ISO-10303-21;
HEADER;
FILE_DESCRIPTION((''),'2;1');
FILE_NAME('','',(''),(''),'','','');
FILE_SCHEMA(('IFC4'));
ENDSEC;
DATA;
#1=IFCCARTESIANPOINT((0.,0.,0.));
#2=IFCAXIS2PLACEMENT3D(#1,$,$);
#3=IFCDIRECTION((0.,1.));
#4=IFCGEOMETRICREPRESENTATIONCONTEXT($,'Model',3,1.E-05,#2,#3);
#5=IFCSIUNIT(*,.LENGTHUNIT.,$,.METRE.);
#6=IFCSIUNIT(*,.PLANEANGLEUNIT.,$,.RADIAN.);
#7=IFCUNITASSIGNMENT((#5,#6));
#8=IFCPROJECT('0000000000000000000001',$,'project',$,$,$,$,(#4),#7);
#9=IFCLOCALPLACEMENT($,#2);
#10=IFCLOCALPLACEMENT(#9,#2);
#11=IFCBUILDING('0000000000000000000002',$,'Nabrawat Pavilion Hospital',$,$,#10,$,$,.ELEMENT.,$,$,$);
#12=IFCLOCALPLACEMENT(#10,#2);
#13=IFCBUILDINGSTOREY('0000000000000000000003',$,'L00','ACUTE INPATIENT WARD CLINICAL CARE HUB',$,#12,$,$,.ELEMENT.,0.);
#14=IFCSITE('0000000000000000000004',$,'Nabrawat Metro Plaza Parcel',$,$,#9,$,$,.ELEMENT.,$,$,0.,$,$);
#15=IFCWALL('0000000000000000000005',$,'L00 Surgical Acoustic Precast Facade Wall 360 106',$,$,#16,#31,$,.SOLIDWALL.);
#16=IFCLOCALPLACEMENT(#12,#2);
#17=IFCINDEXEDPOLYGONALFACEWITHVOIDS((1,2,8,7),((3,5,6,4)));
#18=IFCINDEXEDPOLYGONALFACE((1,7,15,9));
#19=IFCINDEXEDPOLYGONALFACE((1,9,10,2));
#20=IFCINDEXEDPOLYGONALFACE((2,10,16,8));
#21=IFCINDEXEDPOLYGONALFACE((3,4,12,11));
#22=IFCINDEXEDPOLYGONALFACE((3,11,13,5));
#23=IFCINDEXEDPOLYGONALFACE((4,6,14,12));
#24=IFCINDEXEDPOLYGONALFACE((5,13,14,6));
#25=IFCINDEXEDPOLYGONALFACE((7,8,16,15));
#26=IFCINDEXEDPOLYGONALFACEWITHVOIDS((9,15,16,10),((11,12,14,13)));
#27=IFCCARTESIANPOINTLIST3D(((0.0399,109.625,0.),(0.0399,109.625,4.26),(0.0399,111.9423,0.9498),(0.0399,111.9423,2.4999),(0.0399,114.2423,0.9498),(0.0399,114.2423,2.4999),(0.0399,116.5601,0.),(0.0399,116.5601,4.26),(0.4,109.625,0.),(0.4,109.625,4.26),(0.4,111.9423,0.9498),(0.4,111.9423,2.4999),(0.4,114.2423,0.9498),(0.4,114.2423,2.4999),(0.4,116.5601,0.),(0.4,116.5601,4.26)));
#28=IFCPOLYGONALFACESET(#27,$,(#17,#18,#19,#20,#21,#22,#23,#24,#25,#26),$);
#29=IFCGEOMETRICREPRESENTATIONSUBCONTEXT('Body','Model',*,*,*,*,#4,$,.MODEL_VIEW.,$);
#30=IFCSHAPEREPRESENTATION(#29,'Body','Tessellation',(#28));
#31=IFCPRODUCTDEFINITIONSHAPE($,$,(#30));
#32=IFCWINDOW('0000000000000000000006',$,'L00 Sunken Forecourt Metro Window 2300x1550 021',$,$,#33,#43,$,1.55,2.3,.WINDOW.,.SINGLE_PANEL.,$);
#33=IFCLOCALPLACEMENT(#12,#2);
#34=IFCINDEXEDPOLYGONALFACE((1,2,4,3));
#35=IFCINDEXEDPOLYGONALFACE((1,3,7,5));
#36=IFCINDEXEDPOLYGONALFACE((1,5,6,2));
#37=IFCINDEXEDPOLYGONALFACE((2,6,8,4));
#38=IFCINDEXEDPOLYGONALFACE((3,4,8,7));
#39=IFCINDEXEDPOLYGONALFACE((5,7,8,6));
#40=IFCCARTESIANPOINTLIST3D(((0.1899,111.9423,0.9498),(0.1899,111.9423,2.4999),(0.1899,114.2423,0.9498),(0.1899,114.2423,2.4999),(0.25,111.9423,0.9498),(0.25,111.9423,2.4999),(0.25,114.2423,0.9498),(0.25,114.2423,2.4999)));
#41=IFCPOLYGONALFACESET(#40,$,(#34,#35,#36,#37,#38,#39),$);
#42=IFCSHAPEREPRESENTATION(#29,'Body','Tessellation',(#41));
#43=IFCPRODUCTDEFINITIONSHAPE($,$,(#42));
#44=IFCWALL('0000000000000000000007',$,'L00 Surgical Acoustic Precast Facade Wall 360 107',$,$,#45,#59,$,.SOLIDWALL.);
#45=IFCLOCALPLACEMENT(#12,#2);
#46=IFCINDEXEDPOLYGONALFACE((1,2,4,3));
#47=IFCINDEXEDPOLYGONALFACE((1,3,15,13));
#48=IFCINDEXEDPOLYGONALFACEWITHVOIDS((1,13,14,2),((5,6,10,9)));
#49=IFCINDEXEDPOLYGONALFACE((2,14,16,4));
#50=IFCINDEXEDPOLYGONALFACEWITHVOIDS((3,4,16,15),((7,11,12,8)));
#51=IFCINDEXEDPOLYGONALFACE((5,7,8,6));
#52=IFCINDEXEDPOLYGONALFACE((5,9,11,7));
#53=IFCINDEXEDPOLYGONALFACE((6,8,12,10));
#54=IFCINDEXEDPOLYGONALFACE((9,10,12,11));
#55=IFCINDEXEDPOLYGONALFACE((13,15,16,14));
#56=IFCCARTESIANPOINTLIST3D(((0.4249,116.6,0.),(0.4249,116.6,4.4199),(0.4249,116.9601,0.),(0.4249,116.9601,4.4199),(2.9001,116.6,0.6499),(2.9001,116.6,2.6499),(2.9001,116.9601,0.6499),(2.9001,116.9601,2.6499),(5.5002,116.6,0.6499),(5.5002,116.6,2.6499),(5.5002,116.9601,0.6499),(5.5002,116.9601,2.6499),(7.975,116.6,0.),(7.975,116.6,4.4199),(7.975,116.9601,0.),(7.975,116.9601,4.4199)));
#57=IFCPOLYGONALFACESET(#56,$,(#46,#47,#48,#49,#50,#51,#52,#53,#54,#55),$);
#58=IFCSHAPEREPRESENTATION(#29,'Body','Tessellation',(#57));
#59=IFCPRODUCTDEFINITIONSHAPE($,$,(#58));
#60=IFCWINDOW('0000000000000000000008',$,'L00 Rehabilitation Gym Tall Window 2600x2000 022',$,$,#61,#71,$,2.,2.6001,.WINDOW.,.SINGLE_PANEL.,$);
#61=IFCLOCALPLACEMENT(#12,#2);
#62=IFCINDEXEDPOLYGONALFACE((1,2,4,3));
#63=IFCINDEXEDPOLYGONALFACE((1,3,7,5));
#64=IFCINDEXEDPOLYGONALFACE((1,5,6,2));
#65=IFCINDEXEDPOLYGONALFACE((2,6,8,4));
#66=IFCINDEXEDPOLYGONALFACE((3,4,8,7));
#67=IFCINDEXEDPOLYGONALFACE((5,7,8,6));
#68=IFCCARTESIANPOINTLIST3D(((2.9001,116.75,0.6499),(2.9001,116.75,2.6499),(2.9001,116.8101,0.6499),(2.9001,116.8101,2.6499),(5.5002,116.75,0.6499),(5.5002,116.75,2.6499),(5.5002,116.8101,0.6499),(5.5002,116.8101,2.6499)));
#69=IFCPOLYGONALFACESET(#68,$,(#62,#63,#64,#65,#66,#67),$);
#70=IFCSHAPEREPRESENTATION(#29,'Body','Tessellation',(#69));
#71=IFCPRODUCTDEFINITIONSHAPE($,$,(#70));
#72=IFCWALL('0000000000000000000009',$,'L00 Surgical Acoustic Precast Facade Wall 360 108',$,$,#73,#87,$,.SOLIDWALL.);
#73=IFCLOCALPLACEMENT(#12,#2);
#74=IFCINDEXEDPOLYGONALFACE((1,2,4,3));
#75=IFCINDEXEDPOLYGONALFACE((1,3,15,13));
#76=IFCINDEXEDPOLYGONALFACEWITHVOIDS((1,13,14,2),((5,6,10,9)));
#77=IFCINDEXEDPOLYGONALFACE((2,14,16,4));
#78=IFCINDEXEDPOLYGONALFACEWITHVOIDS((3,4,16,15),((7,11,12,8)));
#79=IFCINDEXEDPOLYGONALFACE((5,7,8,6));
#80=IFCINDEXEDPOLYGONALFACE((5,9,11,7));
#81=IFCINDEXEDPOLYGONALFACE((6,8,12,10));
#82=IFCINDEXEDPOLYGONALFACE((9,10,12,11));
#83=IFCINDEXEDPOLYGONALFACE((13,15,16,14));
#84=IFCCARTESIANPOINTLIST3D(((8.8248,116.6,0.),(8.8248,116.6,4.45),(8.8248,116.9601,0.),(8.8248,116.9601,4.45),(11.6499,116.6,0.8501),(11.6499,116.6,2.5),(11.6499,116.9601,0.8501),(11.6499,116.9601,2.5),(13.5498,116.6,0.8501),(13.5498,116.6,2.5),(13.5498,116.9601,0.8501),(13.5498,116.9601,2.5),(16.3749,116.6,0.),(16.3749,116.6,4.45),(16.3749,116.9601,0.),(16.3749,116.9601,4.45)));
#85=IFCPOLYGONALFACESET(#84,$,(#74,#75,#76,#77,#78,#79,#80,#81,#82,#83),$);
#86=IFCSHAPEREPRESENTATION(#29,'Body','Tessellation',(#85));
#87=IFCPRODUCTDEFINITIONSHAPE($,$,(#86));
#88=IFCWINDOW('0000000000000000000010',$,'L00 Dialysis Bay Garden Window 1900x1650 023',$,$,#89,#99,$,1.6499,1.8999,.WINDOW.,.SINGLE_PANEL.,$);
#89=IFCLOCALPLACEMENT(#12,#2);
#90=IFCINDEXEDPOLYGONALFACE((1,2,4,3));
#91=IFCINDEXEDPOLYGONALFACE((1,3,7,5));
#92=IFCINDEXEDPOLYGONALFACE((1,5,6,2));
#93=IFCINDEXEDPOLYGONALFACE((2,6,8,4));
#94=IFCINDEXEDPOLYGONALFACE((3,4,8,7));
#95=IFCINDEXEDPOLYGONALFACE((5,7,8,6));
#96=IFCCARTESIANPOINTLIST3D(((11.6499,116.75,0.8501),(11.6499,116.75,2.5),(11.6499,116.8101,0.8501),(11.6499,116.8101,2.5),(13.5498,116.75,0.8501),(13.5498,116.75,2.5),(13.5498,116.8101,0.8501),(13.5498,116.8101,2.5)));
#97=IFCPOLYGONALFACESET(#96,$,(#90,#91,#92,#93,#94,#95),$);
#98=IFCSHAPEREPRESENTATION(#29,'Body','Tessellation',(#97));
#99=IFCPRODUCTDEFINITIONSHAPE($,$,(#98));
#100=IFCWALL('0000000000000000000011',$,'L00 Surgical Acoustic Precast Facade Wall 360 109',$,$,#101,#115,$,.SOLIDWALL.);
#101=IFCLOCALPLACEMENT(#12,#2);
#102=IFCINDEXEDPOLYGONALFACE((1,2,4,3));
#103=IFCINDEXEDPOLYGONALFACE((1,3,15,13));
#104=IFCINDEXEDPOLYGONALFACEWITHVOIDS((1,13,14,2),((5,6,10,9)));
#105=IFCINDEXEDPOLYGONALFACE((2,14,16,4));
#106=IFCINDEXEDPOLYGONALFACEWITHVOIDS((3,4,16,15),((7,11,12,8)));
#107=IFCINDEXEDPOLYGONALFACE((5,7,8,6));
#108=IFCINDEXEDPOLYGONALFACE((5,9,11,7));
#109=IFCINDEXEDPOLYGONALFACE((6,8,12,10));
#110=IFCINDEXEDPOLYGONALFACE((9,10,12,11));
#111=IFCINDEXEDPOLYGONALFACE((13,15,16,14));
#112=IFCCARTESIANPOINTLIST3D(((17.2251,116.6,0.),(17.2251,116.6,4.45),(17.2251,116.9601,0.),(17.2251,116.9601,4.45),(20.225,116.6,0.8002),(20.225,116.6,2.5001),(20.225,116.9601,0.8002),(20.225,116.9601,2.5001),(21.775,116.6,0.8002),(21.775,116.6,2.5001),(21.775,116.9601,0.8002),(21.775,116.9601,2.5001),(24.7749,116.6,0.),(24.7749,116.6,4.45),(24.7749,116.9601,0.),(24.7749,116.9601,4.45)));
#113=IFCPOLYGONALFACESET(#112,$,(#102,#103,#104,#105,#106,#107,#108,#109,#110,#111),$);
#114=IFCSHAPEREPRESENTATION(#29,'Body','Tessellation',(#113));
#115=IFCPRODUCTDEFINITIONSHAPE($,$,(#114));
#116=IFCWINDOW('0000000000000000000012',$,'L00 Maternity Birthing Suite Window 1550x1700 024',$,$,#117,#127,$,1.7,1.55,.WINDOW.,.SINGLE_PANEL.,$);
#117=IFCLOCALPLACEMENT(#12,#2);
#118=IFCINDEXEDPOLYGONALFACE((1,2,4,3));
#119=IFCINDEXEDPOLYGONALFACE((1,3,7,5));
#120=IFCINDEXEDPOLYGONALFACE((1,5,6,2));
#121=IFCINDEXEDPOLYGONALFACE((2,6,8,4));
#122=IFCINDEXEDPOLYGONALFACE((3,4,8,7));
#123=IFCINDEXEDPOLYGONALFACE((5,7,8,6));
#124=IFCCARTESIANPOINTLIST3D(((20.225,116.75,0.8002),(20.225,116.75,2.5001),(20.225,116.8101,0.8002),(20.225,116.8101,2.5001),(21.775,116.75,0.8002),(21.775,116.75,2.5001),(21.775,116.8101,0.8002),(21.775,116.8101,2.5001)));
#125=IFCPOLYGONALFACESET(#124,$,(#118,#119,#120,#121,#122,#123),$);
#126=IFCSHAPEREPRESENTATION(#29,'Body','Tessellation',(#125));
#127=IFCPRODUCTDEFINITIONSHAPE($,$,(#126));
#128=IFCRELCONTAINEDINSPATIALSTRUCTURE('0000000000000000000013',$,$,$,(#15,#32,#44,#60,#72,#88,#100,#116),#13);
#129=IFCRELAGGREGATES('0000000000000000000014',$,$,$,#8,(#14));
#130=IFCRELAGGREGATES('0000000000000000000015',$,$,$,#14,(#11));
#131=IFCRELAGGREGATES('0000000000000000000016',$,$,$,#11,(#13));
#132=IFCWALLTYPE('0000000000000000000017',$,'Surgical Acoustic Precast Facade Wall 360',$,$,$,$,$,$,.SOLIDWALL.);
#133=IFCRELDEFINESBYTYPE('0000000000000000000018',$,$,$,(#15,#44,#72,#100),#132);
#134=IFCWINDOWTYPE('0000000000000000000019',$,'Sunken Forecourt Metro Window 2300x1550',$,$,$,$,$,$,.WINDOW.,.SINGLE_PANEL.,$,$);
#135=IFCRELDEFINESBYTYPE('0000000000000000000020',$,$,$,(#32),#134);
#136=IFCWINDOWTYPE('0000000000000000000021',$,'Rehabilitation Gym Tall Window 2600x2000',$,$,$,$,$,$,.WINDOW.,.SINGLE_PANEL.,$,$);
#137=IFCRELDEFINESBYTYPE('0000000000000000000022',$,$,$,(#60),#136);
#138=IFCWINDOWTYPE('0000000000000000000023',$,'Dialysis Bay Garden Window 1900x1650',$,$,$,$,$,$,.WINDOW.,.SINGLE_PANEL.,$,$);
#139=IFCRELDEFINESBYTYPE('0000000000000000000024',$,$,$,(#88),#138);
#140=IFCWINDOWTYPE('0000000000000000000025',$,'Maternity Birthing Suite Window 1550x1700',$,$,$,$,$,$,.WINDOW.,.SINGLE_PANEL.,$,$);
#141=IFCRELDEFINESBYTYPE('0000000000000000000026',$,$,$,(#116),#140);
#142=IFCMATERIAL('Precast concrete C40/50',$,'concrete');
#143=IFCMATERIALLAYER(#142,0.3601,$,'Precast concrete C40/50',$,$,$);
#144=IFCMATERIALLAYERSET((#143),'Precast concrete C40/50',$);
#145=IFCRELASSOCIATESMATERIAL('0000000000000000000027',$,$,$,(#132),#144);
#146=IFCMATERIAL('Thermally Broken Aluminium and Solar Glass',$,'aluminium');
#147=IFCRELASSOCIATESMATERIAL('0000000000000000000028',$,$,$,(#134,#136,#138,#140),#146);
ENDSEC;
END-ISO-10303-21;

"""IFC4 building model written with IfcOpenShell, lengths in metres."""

from ifc_helpers import new_model, si_unit, direction, frame, frame_2d, origin, place, context, subcontext, project, spatial, rectangle, extrude, material, layer, layer_set, type_object, element, fill, save


model = new_model("IFC4")

# Units and contexts
model_context = context("Model", 3, precision=1e-05, world=origin(), true_north=direction((0.0, 1.0)))
body_context = subcontext(model_context, "Body", "Model", "MODEL_VIEW")
ifc_project = project(units=[si_unit("LENGTHUNIT", "METRE"), si_unit("PLANEANGLEUNIT", "RADIAN")], contexts=[model_context])

# Site, building, storey
site_placement = place(None, origin())
site = spatial("IfcSite", under=ifc_project, at=site_placement, Name="Nabrawat Metro Plaza Parcel", CompositionType="ELEMENT", RefElevation=0.0)
building_placement = place(site_placement, origin())
building = spatial("IfcBuilding", under=site, at=building_placement, Name="Nabrawat Pavilion Hospital", CompositionType="ELEMENT")
storey_placement = place(building_placement, origin())
storey = spatial("IfcBuildingStorey", under=building, at=storey_placement, Name="L00", Description="ACUTE INPATIENT WARD CLINICAL CARE HUB", CompositionType="ELEMENT", Elevation=0.0)

# Walls, openings, windows
ifc_material_1 = material(Name="Precast concrete C40/50", Category="concrete")
ifc_layer = layer(ifc_material_1, 0.3601, Name="Precast concrete C40/50")
ifc_layer_set = layer_set([ifc_layer], Name="Precast concrete C40/50")
wall_type = type_object("IfcWallType", Name="Surgical Acoustic Precast Facade Wall 360", PredefinedType="SOLIDWALL", material=ifc_layer_set)
wall_1_placement = place(storey_placement, frame((0.22, 109.625, 0.0), z_axis=(0.0, 0.0, 1.0), x_axis=(0.0, 1.0, 0.0)))
wall_1 = element("IfcWall", 1, at=wall_1_placement, inside=storey, type_object=wall_type, Name="L00 Surgical Acoustic Precast Facade Wall 360 106", PredefinedType="SOLIDWALL", context=body_context, shape_type="SweptSolid", body=[
    extrude(rectangle(XDim=6.9351, YDim=0.3601, at=frame_2d((3.4675, 0.0))), origin(), (0.0, 0.0, 1.0), 4.26),
])
opening_1_placement = place(wall_1_placement, frame((2.3174, 0.0, 0.95)))
opening_1 = element("IfcOpeningElement", 2, at=opening_1_placement, cuts=wall_1, PredefinedType="OPENING", context=body_context, shape_type="SweptSolid", body=[
    extrude(rectangle(XDim=2.3, YDim=1.55, at=frame_2d((1.1499, 0.7749))), frame((0.0, 0.1899, 0.0), z_axis=(0.0, -1.0, 0.0), x_axis=(1.0, 0.0, 0.0)), (0.0, 0.0, 1.0), 0.3801),
])
ifc_material_2 = material(Name="Thermally Broken Aluminium and Solar Glass", Category="aluminium")
window_type_1 = type_object("IfcWindowType", Name="Sunken Forecourt Metro Window 2300x1550", PartitioningType="SINGLE_PANEL", PredefinedType="WINDOW", material=ifc_material_2)
window_1_placement = place(opening_1_placement, origin())
window_1 = element("IfcWindow", 3, at=window_1_placement, inside=storey, type_object=window_type_1, Name="L00 Sunken Forecourt Metro Window 2300x1550 021", OverallHeight=1.55, OverallWidth=2.3, PartitioningType="SINGLE_PANEL", PredefinedType="WINDOW", context=body_context, shape_type="SweptSolid", body=[
    extrude(rectangle(XDim=2.3, YDim=1.55, at=frame_2d((1.1499, 0.7749))), frame((0.0, 0.03, 0.0), z_axis=(0.0, -1.0, 0.0), x_axis=(1.0, 0.0, 0.0)), (0.0, 0.0, 1.0), 0.0601),
])
fill(opening_1, window_1)
wall_2_placement = place(storey_placement, frame((0.425, 116.78, 0.0), z_axis=(0.0, 0.0, 1.0), x_axis=(1.0, 0.0, 0.0)))
wall_2 = element("IfcWall", 4, at=wall_2_placement, inside=storey, type_object=wall_type, Name="L00 Surgical Acoustic Precast Facade Wall 360 107", PredefinedType="SOLIDWALL", context=body_context, shape_type="SweptSolid", body=[
    extrude(rectangle(XDim=7.55, YDim=0.3601, at=frame_2d((3.7749, 0.0))), origin(), (0.0, 0.0, 1.0), 4.4199),
])
opening_2_placement = place(wall_2_placement, frame((2.4751, 0.0, 0.6499)))
opening_2 = element("IfcOpeningElement", 5, at=opening_2_placement, cuts=wall_2, PredefinedType="OPENING", context=body_context, shape_type="SweptSolid", body=[
    extrude(rectangle(XDim=2.6001, YDim=2.0, at=frame_2d((1.3, 1.0))), frame((0.0, 0.1899, 0.0), z_axis=(0.0, -1.0, 0.0), x_axis=(1.0, 0.0, 0.0)), (0.0, 0.0, 1.0), 0.3801),
])
window_type_2 = type_object("IfcWindowType", Name="Rehabilitation Gym Tall Window 2600x2000", PartitioningType="SINGLE_PANEL", PredefinedType="WINDOW", material=ifc_material_2)
window_2_placement = place(opening_2_placement, origin())
window_2 = element("IfcWindow", 6, at=window_2_placement, inside=storey, type_object=window_type_2, Name="L00 Rehabilitation Gym Tall Window 2600x2000 022", OverallHeight=2.0, OverallWidth=2.6001, PartitioningType="SINGLE_PANEL", PredefinedType="WINDOW", context=body_context, shape_type="SweptSolid", body=[
    extrude(rectangle(XDim=2.6001, YDim=2.0, at=frame_2d((1.3, 1.0))), frame((0.0, 0.03, 0.0), z_axis=(0.0, -1.0, 0.0), x_axis=(1.0, 0.0, 0.0)), (0.0, 0.0, 1.0), 0.0601),
])
fill(opening_2, window_2)
wall_3_placement = place(storey_placement, frame((8.825, 116.78, 0.0), z_axis=(0.0, 0.0, 1.0), x_axis=(1.0, 0.0, 0.0)))
wall_3 = element("IfcWall", 7, at=wall_3_placement, inside=storey, type_object=wall_type, Name="L00 Surgical Acoustic Precast Facade Wall 360 108", PredefinedType="SOLIDWALL", context=body_context, shape_type="SweptSolid", body=[
    extrude(rectangle(XDim=7.55, YDim=0.3601, at=frame_2d((3.7749, 0.0))), origin(), (0.0, 0.0, 1.0), 4.45),
])
opening_3_placement = place(wall_3_placement, frame((2.825, 0.0, 0.8501)))
opening_3 = element("IfcOpeningElement", 8, at=opening_3_placement, cuts=wall_3, PredefinedType="OPENING", context=body_context, shape_type="SweptSolid", body=[
    extrude(rectangle(XDim=1.8999, YDim=1.6499, at=frame_2d((0.95, 0.825))), frame((0.0, 0.1899, 0.0), z_axis=(0.0, -1.0, 0.0), x_axis=(1.0, 0.0, 0.0)), (0.0, 0.0, 1.0), 0.3801),
])
window_type_3 = type_object("IfcWindowType", Name="Dialysis Bay Garden Window 1900x1650", PartitioningType="SINGLE_PANEL", PredefinedType="WINDOW", material=ifc_material_2)
window_3_placement = place(opening_3_placement, origin())
window_3 = element("IfcWindow", 9, at=window_3_placement, inside=storey, type_object=window_type_3, Name="L00 Dialysis Bay Garden Window 1900x1650 023", OverallHeight=1.6499, OverallWidth=1.8999, PartitioningType="SINGLE_PANEL", PredefinedType="WINDOW", context=body_context, shape_type="SweptSolid", body=[
    extrude(rectangle(XDim=1.8999, YDim=1.6499, at=frame_2d((0.95, 0.825))), frame((0.0, 0.03, 0.0), z_axis=(0.0, -1.0, 0.0), x_axis=(1.0, 0.0, 0.0)), (0.0, 0.0, 1.0), 0.0601),
])
fill(opening_3, window_3)
wall_4_placement = place(storey_placement, frame((17.2251, 116.78, 0.0), z_axis=(0.0, 0.0, 1.0), x_axis=(1.0, 0.0, 0.0)))
wall_4 = element("IfcWall", 10, at=wall_4_placement, inside=storey, type_object=wall_type, Name="L00 Surgical Acoustic Precast Facade Wall 360 109", PredefinedType="SOLIDWALL", context=body_context, shape_type="SweptSolid", body=[
    extrude(rectangle(XDim=7.5498, YDim=0.3601, at=frame_2d((3.7749, 0.0))), origin(), (0.0, 0.0, 1.0), 4.45),
])
opening_4_placement = place(wall_4_placement, frame((3.0, 0.0, 0.8)))
opening_4 = element("IfcOpeningElement", 11, at=opening_4_placement, cuts=wall_4, PredefinedType="OPENING", context=body_context, shape_type="SweptSolid", body=[
    extrude(rectangle(XDim=1.55, YDim=1.7, at=frame_2d((0.7749, 0.8501))), frame((0.0, 0.1899, 0.0), z_axis=(0.0, -1.0, 0.0), x_axis=(1.0, 0.0, 0.0)), (0.0, 0.0, 1.0), 0.3801),
])
window_type_4 = type_object("IfcWindowType", Name="Maternity Birthing Suite Window 1550x1700", PartitioningType="SINGLE_PANEL", PredefinedType="WINDOW", material=ifc_material_2)
window_4_placement = place(opening_4_placement, origin())
window_4 = element("IfcWindow", 12, at=window_4_placement, inside=storey, type_object=window_type_4, Name="L00 Maternity Birthing Suite Window 1550x1700 024", OverallHeight=1.7, OverallWidth=1.55, PartitioningType="SINGLE_PANEL", PredefinedType="WINDOW", context=body_context, shape_type="SweptSolid", body=[
    extrude(rectangle(XDim=1.55, YDim=1.7, at=frame_2d((0.7749, 0.8501))), frame((0.0, 0.03, 0.0), z_axis=(0.0, -1.0, 0.0), x_axis=(1.0, 0.0, 0.0)), (0.0, 0.0, 1.0), 0.0601),
])
fill(opening_4, window_4)

save(model, "model.ifc")
